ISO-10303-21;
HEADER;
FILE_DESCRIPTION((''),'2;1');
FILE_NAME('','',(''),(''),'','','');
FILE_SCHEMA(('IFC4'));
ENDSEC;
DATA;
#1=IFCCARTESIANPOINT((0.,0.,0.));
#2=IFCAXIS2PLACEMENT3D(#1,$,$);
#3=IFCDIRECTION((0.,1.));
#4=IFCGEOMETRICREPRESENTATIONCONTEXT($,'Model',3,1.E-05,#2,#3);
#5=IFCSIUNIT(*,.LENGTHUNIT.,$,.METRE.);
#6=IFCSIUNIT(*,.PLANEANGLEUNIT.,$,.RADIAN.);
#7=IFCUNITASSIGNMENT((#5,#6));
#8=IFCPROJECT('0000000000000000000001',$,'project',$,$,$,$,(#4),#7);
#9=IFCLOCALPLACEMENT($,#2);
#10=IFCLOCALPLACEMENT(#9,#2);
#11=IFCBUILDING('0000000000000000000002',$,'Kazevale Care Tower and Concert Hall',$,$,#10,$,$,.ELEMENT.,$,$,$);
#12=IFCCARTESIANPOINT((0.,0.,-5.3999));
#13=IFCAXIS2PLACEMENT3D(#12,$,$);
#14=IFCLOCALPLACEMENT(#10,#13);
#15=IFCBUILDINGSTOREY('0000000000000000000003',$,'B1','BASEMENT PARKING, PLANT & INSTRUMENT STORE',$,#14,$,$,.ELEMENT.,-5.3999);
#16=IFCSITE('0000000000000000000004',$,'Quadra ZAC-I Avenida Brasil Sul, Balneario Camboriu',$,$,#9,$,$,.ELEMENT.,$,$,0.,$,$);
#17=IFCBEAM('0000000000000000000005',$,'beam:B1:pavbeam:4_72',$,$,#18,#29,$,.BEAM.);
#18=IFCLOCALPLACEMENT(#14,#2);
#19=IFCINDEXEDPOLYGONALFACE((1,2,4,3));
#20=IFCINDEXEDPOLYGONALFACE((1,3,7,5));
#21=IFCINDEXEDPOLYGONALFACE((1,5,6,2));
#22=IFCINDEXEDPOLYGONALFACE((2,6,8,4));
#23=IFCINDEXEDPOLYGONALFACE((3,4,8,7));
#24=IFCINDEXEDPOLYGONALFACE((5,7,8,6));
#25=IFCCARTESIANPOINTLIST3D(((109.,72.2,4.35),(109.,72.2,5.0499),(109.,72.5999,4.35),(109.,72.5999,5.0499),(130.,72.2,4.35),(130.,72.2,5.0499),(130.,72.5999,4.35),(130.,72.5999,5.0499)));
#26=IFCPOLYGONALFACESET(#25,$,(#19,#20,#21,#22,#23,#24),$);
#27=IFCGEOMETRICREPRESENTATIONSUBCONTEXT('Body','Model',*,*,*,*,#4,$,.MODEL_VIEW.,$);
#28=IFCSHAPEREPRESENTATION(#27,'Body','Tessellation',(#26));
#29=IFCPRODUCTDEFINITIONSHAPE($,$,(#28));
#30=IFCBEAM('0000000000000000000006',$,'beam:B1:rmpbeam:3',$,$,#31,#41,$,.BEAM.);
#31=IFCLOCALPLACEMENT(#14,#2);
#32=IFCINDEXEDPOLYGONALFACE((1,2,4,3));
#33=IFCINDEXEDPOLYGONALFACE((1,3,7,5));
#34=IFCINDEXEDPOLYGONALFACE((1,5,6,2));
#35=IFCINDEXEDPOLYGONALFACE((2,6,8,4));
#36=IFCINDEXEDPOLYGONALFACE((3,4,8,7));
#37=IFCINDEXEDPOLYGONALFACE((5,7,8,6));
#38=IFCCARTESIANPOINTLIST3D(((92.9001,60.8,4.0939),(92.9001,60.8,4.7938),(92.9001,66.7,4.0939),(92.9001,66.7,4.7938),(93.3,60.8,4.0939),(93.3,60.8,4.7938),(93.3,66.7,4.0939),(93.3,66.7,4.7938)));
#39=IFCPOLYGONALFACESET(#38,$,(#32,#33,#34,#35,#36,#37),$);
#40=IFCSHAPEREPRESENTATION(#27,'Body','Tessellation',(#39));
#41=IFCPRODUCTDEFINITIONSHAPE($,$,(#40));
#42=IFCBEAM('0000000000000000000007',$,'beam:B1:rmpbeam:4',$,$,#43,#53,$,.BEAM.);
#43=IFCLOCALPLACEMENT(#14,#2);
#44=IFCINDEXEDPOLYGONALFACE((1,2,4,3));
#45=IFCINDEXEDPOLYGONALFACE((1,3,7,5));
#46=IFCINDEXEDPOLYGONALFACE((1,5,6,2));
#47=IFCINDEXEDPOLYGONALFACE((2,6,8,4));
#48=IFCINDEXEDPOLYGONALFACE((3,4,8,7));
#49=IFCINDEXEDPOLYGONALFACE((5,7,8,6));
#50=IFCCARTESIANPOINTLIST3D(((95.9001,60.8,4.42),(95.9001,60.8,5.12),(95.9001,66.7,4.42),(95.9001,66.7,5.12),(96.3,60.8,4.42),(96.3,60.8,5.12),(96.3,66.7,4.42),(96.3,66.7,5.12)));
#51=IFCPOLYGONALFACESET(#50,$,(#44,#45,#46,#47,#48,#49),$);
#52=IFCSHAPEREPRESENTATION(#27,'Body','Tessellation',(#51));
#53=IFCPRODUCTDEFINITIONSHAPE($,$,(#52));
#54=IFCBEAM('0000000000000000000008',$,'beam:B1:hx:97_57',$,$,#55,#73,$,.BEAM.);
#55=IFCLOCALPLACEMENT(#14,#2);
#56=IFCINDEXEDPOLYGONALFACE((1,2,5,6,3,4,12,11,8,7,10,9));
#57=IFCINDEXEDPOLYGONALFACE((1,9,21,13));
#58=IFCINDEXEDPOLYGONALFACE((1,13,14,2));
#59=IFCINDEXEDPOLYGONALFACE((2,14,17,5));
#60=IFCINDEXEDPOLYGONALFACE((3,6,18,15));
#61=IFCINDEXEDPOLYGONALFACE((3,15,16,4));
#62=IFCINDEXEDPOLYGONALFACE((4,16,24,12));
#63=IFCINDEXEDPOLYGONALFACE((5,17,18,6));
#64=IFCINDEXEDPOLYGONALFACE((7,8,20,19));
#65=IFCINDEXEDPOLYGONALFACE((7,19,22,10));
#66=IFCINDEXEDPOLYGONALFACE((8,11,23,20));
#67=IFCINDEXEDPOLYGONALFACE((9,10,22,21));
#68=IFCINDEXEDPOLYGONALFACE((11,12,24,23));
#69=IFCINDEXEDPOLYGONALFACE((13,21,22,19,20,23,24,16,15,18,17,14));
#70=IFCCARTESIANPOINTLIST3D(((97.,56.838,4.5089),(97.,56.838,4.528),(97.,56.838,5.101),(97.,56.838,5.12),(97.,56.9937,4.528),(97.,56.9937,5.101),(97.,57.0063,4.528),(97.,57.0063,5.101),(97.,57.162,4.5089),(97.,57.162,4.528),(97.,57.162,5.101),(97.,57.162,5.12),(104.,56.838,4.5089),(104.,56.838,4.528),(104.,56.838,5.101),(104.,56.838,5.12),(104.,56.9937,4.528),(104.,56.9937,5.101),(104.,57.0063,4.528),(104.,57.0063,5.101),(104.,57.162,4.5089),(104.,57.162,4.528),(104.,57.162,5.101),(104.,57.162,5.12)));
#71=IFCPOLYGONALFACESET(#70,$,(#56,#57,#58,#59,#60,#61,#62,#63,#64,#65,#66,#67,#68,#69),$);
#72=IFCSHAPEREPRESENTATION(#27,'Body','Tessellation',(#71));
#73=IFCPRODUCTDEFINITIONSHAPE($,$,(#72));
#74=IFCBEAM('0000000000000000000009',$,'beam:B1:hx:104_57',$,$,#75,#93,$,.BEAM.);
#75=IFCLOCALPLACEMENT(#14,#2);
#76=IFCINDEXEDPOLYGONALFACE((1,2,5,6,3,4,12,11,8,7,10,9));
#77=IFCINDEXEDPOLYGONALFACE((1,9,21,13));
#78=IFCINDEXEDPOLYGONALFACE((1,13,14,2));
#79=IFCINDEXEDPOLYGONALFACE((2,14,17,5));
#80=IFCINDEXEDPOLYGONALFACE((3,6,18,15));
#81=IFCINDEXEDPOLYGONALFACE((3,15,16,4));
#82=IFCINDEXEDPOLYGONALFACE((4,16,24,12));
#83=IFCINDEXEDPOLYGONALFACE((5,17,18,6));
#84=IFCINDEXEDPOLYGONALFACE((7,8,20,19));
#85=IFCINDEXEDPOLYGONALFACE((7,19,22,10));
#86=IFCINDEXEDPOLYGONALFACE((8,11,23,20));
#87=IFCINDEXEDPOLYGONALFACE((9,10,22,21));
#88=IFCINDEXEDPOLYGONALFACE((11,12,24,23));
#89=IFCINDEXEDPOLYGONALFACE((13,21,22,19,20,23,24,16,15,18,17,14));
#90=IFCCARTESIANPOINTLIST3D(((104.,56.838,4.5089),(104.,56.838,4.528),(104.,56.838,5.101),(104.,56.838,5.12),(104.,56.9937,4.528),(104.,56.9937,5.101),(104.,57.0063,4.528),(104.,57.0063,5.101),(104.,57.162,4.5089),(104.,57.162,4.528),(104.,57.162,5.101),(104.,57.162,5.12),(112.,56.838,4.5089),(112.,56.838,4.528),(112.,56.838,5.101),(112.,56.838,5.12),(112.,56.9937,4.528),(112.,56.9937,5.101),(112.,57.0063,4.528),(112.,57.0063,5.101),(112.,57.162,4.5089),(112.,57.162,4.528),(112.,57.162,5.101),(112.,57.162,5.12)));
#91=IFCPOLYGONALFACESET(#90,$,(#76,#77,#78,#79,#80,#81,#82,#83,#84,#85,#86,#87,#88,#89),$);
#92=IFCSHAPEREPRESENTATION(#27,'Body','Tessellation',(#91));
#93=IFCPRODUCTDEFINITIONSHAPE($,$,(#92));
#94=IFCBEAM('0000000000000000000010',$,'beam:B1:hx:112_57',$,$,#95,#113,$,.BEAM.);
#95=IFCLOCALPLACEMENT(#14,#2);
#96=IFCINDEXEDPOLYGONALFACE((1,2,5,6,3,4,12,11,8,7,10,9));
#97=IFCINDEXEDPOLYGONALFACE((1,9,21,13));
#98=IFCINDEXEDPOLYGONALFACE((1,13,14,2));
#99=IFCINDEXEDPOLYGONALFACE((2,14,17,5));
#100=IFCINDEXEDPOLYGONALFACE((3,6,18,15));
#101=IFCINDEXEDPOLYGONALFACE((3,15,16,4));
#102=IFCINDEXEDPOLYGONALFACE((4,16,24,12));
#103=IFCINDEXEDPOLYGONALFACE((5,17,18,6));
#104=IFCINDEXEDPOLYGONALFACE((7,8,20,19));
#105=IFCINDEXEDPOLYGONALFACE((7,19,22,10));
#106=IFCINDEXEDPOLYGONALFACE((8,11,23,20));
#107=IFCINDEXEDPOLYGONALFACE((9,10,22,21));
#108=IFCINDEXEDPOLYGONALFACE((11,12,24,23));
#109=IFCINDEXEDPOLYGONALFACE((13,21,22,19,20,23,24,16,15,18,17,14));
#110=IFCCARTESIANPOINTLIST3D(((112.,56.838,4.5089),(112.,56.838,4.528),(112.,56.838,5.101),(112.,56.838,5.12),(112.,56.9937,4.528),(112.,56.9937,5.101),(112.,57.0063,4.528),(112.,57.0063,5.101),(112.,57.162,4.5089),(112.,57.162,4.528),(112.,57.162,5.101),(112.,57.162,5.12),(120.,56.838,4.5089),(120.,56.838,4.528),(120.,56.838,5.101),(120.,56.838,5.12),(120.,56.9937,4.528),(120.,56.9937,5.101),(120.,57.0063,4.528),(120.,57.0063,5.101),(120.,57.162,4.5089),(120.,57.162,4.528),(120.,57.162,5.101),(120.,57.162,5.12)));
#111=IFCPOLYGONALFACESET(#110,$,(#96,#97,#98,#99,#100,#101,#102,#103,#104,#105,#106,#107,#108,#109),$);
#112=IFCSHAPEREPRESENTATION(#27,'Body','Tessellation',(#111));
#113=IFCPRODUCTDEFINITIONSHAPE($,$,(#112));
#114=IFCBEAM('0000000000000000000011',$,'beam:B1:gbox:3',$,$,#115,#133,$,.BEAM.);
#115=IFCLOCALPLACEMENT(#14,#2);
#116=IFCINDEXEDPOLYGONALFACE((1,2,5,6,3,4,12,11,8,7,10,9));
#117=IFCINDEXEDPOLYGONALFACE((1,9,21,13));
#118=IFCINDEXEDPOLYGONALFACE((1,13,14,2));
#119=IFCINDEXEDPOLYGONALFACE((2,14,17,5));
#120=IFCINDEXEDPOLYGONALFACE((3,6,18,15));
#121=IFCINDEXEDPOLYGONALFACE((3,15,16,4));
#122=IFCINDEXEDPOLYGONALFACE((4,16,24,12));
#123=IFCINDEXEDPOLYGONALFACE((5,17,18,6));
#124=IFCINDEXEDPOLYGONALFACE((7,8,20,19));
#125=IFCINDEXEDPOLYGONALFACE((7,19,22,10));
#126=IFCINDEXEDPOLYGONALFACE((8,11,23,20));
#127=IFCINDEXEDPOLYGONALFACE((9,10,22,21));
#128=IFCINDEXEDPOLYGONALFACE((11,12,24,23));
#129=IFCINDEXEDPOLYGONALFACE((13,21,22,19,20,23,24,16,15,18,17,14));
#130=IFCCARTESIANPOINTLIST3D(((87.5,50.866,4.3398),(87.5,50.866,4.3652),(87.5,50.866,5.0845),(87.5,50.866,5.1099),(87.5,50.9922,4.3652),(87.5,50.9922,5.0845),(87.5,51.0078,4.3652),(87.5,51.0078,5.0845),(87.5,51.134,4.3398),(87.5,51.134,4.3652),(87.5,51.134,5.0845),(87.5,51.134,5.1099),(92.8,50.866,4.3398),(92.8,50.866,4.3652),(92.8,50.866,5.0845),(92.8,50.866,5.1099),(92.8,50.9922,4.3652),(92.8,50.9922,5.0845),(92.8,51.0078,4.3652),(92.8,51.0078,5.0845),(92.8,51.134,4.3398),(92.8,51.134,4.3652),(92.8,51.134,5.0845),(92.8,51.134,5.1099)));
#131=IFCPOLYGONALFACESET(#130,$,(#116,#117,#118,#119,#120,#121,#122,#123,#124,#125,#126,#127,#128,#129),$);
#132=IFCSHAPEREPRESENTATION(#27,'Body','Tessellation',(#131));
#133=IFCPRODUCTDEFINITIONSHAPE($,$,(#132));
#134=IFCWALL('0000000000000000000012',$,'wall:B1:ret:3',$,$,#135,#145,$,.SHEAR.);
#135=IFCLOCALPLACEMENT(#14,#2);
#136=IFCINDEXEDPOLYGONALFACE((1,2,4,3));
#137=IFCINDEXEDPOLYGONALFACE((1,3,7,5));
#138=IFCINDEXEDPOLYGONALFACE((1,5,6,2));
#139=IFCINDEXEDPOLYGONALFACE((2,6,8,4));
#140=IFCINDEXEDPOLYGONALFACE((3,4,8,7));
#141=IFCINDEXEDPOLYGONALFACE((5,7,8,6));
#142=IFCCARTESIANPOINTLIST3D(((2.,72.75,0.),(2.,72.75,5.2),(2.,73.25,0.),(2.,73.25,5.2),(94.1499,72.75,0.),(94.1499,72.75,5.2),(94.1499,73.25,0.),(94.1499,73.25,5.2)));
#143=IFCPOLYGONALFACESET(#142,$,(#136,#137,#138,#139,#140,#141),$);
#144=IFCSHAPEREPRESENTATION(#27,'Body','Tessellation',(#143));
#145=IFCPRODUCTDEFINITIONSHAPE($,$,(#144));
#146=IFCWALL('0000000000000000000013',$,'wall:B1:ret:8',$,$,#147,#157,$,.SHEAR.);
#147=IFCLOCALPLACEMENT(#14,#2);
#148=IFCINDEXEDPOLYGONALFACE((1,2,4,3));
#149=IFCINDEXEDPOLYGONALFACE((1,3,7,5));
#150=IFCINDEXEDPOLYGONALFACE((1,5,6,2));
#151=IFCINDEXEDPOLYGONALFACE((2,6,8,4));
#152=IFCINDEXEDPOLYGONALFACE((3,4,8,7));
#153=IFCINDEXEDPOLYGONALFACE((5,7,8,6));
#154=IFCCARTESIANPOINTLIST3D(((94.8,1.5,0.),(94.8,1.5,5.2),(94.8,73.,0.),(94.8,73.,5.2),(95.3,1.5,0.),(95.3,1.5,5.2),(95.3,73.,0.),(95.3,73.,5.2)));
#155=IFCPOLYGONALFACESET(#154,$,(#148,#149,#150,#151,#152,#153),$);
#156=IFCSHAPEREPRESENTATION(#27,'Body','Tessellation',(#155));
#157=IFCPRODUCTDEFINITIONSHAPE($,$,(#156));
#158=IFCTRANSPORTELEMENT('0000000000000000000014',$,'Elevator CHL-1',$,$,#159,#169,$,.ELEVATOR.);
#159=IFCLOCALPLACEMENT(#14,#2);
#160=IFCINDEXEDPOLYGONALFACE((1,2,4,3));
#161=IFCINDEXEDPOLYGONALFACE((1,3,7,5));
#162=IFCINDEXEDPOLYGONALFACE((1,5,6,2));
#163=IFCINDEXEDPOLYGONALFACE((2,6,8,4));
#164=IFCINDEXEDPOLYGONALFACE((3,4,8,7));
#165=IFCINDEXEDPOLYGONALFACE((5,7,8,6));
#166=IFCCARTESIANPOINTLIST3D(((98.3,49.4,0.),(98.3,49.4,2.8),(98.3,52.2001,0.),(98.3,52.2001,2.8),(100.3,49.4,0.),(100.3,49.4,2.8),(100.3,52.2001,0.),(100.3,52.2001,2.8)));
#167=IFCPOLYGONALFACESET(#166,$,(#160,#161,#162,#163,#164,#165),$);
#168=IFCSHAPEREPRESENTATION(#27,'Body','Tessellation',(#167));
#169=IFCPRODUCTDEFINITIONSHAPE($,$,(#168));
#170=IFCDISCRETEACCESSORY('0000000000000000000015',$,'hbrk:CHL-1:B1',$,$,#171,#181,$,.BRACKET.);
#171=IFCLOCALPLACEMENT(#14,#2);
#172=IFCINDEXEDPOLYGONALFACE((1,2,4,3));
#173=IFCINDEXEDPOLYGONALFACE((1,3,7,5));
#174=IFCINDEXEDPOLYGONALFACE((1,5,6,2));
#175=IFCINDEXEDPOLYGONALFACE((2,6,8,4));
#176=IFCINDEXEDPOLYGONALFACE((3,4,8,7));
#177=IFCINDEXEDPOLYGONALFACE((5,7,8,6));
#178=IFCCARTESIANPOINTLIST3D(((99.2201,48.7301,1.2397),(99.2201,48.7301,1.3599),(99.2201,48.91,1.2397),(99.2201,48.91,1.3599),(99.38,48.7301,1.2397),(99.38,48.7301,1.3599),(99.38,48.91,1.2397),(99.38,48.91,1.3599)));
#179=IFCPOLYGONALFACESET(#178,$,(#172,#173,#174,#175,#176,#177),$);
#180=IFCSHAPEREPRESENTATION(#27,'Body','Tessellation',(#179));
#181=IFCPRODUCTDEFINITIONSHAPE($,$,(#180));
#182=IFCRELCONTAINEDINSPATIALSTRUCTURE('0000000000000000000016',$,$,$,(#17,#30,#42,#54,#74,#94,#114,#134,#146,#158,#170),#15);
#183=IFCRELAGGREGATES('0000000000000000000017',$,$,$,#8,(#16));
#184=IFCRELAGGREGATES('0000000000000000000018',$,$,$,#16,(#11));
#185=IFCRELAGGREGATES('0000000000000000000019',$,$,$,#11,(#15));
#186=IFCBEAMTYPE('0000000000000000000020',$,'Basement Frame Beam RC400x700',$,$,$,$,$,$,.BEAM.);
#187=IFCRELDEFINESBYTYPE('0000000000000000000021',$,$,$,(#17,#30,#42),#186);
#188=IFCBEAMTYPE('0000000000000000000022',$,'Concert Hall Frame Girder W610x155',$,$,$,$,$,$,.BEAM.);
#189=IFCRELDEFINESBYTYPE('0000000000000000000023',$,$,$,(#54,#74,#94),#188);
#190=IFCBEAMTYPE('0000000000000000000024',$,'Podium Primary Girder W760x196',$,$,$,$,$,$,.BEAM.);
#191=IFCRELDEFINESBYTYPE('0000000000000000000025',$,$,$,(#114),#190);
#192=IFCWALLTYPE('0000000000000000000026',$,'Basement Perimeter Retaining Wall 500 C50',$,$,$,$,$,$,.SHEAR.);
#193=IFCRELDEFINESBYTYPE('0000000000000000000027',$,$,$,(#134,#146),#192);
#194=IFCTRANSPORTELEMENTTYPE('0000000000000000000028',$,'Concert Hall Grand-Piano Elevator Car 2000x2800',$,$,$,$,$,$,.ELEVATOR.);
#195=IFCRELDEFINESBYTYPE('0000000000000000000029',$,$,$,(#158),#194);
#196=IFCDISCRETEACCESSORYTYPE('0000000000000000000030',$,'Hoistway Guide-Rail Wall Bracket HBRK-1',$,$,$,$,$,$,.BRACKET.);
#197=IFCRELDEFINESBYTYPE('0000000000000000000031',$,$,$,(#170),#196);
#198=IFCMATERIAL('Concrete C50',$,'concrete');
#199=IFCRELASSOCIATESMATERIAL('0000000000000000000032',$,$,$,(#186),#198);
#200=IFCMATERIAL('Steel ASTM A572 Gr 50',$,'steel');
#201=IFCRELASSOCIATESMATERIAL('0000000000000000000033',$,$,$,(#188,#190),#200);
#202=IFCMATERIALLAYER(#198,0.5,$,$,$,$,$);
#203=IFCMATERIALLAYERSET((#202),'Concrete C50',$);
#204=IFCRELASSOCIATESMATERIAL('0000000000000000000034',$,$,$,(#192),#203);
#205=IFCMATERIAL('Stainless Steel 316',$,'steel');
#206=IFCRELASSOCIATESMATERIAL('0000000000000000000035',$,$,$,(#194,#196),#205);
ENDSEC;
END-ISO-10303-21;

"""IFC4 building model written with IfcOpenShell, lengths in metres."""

from ifc_helpers import new_model, si_unit, direction, frame, frame_2d, origin, origin_2d, place, context, subcontext, project, spatial, rectangle, i_section, extrude, material, layer, layer_set, material_profile, profile_set, type_object, element, save


model = new_model("IFC4")

# Units and contexts
model_context = context("Model", 3, precision=1e-05, world=origin(), true_north=direction((0.0, 1.0)))
body_context = subcontext(model_context, "Body", "Model", "MODEL_VIEW")
ifc_project = project(units=[si_unit("LENGTHUNIT", "METRE"), si_unit("PLANEANGLEUNIT", "RADIAN")], contexts=[model_context])

# Site, building, storey
site_placement = place(None, origin())
site = spatial("IfcSite", under=ifc_project, at=site_placement, Name="Quadra ZAC-I Avenida Brasil Sul, Balneario Camboriu", CompositionType="ELEMENT", RefElevation=0.0)
building_placement = place(site_placement, origin())
building = spatial("IfcBuilding", under=site, at=building_placement, Name="Kazevale Care Tower and Concert Hall", CompositionType="ELEMENT")
storey_placement = place(building_placement, frame((0.0, 0.0, -5.3999)))
storey = spatial("IfcBuildingStorey", under=building, at=storey_placement, Name="B1", Description="BASEMENT PARKING, PLANT & INSTRUMENT STORE", CompositionType="ELEMENT", Elevation=-5.3999)

# Shared definitions
ifc_material_1 = material(Name="Concrete C50", Category="concrete")

# Beams
ifc_material_profile_1 = material_profile(ifc_material_1, rectangle(XDim=0.3999, YDim=0.7, at=origin_2d()), Name="RC-B400x700")
ifc_profile_set_1 = profile_set([ifc_material_profile_1], Name="Concrete C50")
beam_type_1 = type_object("IfcBeamType", Name="Basement Frame Beam RC400x700", PredefinedType="BEAM", material=ifc_profile_set_1)
beam_1_placement = place(storey_placement, frame((109.0, 72.3999, 4.7), z_axis=(1.0, 0.0, 0.0), x_axis=(0.0, 1.0, 0.0)))
element("IfcBeam", 1, at=beam_1_placement, inside=storey, type_object=beam_type_1, Name="beam:B1:pavbeam:4_72", PredefinedType="BEAM", context=body_context, shape_type="SweptSolid", body=[
    extrude(rectangle(XDim=0.3999, YDim=0.7, at=origin_2d()), origin(), (0.0, 0.0, 1.0), 21.0),
])
for number, where, z_axis, x_axis, name in (
    (2, (93.1001, 60.8, 4.4438), (0.0, 1.0, 0.0), (-1.0, 0.0, 0.0), "beam:B1:rmpbeam:3"),
    (3, (96.1001, 60.8, 4.77), (0.0, 1.0, 0.0), (-1.0, 0.0, 0.0), "beam:B1:rmpbeam:4"),
):
    element("IfcBeam", number, at=place(storey_placement, frame(where, z_axis=z_axis, x_axis=x_axis)), inside=storey, type_object=beam_type_1, Name=name, PredefinedType="BEAM", context=body_context, shape_type="SweptSolid", body=[
        extrude(rectangle(XDim=0.3999, YDim=0.7, at=origin_2d()), origin(), (0.0, 0.0, 1.0), 5.8999),
    ])
ifc_material_2 = material(Name="Steel ASTM A572 Gr 50", Category="steel")
ifc_material_profile_2 = material_profile(ifc_material_2, i_section(OverallWidth=0.324, OverallDepth=0.6111, WebThickness=0.0127, FlangeThickness=0.019, at=origin_2d()), Name="W610x155")
ifc_profile_set_2 = profile_set([ifc_material_profile_2], Name="Steel ASTM A572 Gr 50")
beam_type_2 = type_object("IfcBeamType", Name="Concert Hall Frame Girder W610x155", PredefinedType="BEAM", material=ifc_profile_set_2)
beam_2_placement = place(storey_placement, frame((97.0, 57.0, 4.8145), z_axis=(1.0, 0.0, 0.0), x_axis=(0.0, 1.0, 0.0)))
element("IfcBeam", 4, at=beam_2_placement, inside=storey, type_object=beam_type_2, Name="beam:B1:hx:97_57", PredefinedType="BEAM", context=body_context, shape_type="SweptSolid", body=[
    extrude(i_section(OverallWidth=0.324, OverallDepth=0.6111, WebThickness=0.0127, FlangeThickness=0.019, at=origin_2d()), origin(), (0.0, 0.0, 1.0), 7.0),
])
for number, where, z_axis, x_axis, name in (
    (5, (104.0, 57.0, 4.8145), (1.0, 0.0, 0.0), (0.0, 1.0, 0.0), "beam:B1:hx:104_57"),
    (6, (112.0, 57.0, 4.8145), (1.0, 0.0, 0.0), (0.0, 1.0, 0.0), "beam:B1:hx:112_57"),
):
    element("IfcBeam", number, at=place(storey_placement, frame(where, z_axis=z_axis, x_axis=x_axis)), inside=storey, type_object=beam_type_2, Name=name, PredefinedType="BEAM", context=body_context, shape_type="SweptSolid", body=[
        extrude(i_section(OverallWidth=0.324, OverallDepth=0.6111, WebThickness=0.0127, FlangeThickness=0.019, at=origin_2d()), origin(), (0.0, 0.0, 1.0), 8.0),
    ])
ifc_material_profile_3 = material_profile(ifc_material_2, i_section(OverallWidth=0.2681, OverallDepth=0.77, WebThickness=0.0156, FlangeThickness=0.0254, at=origin_2d()), Name="W760x196")
ifc_profile_set_3 = profile_set([ifc_material_profile_3], Name="Steel ASTM A572 Gr 50")
beam_type_3 = type_object("IfcBeamType", Name="Podium Primary Girder W760x196", PredefinedType="BEAM", material=ifc_profile_set_3)
beam_3_placement = place(storey_placement, frame((92.8, 51.0, 4.7249), z_axis=(-1.0, 0.0, 0.0), x_axis=(0.0, -1.0, 0.0)))
element("IfcBeam", 7, at=beam_3_placement, inside=storey, type_object=beam_type_3, Name="beam:B1:gbox:3", PredefinedType="BEAM", context=body_context, shape_type="SweptSolid", body=[
    extrude(i_section(OverallWidth=0.2681, OverallDepth=0.77, WebThickness=0.0156, FlangeThickness=0.0254, at=origin_2d()), origin(), (0.0, 0.0, 1.0), 5.3),
])

# Walls
ifc_layer_1 = layer(ifc_material_1, 0.5)
ifc_layer_set_1 = layer_set([ifc_layer_1], Name="Concrete C50")
wall_type = type_object("IfcWallType", Name="Basement Perimeter Retaining Wall 500 C50", PredefinedType="SHEAR", material=ifc_layer_set_1)
wall_1_placement = place(storey_placement, frame((94.1499, 73.0, 0.0), z_axis=(0.0, 0.0, 1.0), x_axis=(-1.0, 0.0, 0.0)))
element("IfcWall", 8, at=wall_1_placement, inside=storey, type_object=wall_type, Name="wall:B1:ret:3", PredefinedType="SHEAR", context=body_context, shape_type="SweptSolid", body=[
    extrude(rectangle(XDim=92.1499, YDim=0.5, at=frame_2d((46.075, 0.0))), origin(), (0.0, 0.0, 1.0), 5.2),
])
wall_2_placement = place(storey_placement, frame((95.05, 73.0, 0.0), z_axis=(0.0, 0.0, 1.0), x_axis=(0.0, -1.0, 0.0)))
element("IfcWall", 9, at=wall_2_placement, inside=storey, type_object=wall_type, Name="wall:B1:ret:8", PredefinedType="SHEAR", context=body_context, shape_type="SweptSolid", body=[
    extrude(rectangle(XDim=71.5, YDim=0.5, at=frame_2d((35.75, 0.0))), origin(), (0.0, 0.0, 1.0), 5.2),
])

# Transport element
ifc_material_3 = material(Name="Stainless Steel 316", Category="steel")
transport_element_type = type_object("IfcTransportElementType", Name="Concert Hall Grand-Piano Elevator Car 2000x2800", PredefinedType="ELEVATOR", material=ifc_material_3)
transport_element_placement = place(storey_placement, frame((99.3, 50.8, 0.0), z_axis=(0.0, 0.0, 1.0), x_axis=(1.0, 0.0, 0.0)))
element("IfcTransportElement", 10, at=transport_element_placement, inside=storey, type_object=transport_element_type, Name="Elevator CHL-1", PredefinedType="ELEVATOR", context=body_context, shape_type="SweptSolid", body=[
    extrude(rectangle(XDim=2.0, YDim=2.8, at=origin_2d()), origin(), (0.0, 0.0, 1.0), 2.8),
])

# Discrete accessory
discrete_accessory_type = type_object("IfcDiscreteAccessoryType", Name="Hoistway Guide-Rail Wall Bracket HBRK-1", PredefinedType="BRACKET", material=ifc_material_3)
discrete_accessory_placement = place(storey_placement, frame((99.3, 48.8201, 1.2397), z_axis=(0.0, 0.0, 1.0), x_axis=(1.0, 0.0, 0.0)))
element("IfcDiscreteAccessory", 11, at=discrete_accessory_placement, inside=storey, type_object=discrete_accessory_type, Name="hbrk:CHL-1:B1", PredefinedType="BRACKET", context=body_context, shape_type="SweptSolid", body=[
    extrude(rectangle(XDim=0.1599, YDim=0.1799, at=origin_2d()), origin(), (0.0, 0.0, 1.0), 0.1201),
])

save(model, "model.ifc")
